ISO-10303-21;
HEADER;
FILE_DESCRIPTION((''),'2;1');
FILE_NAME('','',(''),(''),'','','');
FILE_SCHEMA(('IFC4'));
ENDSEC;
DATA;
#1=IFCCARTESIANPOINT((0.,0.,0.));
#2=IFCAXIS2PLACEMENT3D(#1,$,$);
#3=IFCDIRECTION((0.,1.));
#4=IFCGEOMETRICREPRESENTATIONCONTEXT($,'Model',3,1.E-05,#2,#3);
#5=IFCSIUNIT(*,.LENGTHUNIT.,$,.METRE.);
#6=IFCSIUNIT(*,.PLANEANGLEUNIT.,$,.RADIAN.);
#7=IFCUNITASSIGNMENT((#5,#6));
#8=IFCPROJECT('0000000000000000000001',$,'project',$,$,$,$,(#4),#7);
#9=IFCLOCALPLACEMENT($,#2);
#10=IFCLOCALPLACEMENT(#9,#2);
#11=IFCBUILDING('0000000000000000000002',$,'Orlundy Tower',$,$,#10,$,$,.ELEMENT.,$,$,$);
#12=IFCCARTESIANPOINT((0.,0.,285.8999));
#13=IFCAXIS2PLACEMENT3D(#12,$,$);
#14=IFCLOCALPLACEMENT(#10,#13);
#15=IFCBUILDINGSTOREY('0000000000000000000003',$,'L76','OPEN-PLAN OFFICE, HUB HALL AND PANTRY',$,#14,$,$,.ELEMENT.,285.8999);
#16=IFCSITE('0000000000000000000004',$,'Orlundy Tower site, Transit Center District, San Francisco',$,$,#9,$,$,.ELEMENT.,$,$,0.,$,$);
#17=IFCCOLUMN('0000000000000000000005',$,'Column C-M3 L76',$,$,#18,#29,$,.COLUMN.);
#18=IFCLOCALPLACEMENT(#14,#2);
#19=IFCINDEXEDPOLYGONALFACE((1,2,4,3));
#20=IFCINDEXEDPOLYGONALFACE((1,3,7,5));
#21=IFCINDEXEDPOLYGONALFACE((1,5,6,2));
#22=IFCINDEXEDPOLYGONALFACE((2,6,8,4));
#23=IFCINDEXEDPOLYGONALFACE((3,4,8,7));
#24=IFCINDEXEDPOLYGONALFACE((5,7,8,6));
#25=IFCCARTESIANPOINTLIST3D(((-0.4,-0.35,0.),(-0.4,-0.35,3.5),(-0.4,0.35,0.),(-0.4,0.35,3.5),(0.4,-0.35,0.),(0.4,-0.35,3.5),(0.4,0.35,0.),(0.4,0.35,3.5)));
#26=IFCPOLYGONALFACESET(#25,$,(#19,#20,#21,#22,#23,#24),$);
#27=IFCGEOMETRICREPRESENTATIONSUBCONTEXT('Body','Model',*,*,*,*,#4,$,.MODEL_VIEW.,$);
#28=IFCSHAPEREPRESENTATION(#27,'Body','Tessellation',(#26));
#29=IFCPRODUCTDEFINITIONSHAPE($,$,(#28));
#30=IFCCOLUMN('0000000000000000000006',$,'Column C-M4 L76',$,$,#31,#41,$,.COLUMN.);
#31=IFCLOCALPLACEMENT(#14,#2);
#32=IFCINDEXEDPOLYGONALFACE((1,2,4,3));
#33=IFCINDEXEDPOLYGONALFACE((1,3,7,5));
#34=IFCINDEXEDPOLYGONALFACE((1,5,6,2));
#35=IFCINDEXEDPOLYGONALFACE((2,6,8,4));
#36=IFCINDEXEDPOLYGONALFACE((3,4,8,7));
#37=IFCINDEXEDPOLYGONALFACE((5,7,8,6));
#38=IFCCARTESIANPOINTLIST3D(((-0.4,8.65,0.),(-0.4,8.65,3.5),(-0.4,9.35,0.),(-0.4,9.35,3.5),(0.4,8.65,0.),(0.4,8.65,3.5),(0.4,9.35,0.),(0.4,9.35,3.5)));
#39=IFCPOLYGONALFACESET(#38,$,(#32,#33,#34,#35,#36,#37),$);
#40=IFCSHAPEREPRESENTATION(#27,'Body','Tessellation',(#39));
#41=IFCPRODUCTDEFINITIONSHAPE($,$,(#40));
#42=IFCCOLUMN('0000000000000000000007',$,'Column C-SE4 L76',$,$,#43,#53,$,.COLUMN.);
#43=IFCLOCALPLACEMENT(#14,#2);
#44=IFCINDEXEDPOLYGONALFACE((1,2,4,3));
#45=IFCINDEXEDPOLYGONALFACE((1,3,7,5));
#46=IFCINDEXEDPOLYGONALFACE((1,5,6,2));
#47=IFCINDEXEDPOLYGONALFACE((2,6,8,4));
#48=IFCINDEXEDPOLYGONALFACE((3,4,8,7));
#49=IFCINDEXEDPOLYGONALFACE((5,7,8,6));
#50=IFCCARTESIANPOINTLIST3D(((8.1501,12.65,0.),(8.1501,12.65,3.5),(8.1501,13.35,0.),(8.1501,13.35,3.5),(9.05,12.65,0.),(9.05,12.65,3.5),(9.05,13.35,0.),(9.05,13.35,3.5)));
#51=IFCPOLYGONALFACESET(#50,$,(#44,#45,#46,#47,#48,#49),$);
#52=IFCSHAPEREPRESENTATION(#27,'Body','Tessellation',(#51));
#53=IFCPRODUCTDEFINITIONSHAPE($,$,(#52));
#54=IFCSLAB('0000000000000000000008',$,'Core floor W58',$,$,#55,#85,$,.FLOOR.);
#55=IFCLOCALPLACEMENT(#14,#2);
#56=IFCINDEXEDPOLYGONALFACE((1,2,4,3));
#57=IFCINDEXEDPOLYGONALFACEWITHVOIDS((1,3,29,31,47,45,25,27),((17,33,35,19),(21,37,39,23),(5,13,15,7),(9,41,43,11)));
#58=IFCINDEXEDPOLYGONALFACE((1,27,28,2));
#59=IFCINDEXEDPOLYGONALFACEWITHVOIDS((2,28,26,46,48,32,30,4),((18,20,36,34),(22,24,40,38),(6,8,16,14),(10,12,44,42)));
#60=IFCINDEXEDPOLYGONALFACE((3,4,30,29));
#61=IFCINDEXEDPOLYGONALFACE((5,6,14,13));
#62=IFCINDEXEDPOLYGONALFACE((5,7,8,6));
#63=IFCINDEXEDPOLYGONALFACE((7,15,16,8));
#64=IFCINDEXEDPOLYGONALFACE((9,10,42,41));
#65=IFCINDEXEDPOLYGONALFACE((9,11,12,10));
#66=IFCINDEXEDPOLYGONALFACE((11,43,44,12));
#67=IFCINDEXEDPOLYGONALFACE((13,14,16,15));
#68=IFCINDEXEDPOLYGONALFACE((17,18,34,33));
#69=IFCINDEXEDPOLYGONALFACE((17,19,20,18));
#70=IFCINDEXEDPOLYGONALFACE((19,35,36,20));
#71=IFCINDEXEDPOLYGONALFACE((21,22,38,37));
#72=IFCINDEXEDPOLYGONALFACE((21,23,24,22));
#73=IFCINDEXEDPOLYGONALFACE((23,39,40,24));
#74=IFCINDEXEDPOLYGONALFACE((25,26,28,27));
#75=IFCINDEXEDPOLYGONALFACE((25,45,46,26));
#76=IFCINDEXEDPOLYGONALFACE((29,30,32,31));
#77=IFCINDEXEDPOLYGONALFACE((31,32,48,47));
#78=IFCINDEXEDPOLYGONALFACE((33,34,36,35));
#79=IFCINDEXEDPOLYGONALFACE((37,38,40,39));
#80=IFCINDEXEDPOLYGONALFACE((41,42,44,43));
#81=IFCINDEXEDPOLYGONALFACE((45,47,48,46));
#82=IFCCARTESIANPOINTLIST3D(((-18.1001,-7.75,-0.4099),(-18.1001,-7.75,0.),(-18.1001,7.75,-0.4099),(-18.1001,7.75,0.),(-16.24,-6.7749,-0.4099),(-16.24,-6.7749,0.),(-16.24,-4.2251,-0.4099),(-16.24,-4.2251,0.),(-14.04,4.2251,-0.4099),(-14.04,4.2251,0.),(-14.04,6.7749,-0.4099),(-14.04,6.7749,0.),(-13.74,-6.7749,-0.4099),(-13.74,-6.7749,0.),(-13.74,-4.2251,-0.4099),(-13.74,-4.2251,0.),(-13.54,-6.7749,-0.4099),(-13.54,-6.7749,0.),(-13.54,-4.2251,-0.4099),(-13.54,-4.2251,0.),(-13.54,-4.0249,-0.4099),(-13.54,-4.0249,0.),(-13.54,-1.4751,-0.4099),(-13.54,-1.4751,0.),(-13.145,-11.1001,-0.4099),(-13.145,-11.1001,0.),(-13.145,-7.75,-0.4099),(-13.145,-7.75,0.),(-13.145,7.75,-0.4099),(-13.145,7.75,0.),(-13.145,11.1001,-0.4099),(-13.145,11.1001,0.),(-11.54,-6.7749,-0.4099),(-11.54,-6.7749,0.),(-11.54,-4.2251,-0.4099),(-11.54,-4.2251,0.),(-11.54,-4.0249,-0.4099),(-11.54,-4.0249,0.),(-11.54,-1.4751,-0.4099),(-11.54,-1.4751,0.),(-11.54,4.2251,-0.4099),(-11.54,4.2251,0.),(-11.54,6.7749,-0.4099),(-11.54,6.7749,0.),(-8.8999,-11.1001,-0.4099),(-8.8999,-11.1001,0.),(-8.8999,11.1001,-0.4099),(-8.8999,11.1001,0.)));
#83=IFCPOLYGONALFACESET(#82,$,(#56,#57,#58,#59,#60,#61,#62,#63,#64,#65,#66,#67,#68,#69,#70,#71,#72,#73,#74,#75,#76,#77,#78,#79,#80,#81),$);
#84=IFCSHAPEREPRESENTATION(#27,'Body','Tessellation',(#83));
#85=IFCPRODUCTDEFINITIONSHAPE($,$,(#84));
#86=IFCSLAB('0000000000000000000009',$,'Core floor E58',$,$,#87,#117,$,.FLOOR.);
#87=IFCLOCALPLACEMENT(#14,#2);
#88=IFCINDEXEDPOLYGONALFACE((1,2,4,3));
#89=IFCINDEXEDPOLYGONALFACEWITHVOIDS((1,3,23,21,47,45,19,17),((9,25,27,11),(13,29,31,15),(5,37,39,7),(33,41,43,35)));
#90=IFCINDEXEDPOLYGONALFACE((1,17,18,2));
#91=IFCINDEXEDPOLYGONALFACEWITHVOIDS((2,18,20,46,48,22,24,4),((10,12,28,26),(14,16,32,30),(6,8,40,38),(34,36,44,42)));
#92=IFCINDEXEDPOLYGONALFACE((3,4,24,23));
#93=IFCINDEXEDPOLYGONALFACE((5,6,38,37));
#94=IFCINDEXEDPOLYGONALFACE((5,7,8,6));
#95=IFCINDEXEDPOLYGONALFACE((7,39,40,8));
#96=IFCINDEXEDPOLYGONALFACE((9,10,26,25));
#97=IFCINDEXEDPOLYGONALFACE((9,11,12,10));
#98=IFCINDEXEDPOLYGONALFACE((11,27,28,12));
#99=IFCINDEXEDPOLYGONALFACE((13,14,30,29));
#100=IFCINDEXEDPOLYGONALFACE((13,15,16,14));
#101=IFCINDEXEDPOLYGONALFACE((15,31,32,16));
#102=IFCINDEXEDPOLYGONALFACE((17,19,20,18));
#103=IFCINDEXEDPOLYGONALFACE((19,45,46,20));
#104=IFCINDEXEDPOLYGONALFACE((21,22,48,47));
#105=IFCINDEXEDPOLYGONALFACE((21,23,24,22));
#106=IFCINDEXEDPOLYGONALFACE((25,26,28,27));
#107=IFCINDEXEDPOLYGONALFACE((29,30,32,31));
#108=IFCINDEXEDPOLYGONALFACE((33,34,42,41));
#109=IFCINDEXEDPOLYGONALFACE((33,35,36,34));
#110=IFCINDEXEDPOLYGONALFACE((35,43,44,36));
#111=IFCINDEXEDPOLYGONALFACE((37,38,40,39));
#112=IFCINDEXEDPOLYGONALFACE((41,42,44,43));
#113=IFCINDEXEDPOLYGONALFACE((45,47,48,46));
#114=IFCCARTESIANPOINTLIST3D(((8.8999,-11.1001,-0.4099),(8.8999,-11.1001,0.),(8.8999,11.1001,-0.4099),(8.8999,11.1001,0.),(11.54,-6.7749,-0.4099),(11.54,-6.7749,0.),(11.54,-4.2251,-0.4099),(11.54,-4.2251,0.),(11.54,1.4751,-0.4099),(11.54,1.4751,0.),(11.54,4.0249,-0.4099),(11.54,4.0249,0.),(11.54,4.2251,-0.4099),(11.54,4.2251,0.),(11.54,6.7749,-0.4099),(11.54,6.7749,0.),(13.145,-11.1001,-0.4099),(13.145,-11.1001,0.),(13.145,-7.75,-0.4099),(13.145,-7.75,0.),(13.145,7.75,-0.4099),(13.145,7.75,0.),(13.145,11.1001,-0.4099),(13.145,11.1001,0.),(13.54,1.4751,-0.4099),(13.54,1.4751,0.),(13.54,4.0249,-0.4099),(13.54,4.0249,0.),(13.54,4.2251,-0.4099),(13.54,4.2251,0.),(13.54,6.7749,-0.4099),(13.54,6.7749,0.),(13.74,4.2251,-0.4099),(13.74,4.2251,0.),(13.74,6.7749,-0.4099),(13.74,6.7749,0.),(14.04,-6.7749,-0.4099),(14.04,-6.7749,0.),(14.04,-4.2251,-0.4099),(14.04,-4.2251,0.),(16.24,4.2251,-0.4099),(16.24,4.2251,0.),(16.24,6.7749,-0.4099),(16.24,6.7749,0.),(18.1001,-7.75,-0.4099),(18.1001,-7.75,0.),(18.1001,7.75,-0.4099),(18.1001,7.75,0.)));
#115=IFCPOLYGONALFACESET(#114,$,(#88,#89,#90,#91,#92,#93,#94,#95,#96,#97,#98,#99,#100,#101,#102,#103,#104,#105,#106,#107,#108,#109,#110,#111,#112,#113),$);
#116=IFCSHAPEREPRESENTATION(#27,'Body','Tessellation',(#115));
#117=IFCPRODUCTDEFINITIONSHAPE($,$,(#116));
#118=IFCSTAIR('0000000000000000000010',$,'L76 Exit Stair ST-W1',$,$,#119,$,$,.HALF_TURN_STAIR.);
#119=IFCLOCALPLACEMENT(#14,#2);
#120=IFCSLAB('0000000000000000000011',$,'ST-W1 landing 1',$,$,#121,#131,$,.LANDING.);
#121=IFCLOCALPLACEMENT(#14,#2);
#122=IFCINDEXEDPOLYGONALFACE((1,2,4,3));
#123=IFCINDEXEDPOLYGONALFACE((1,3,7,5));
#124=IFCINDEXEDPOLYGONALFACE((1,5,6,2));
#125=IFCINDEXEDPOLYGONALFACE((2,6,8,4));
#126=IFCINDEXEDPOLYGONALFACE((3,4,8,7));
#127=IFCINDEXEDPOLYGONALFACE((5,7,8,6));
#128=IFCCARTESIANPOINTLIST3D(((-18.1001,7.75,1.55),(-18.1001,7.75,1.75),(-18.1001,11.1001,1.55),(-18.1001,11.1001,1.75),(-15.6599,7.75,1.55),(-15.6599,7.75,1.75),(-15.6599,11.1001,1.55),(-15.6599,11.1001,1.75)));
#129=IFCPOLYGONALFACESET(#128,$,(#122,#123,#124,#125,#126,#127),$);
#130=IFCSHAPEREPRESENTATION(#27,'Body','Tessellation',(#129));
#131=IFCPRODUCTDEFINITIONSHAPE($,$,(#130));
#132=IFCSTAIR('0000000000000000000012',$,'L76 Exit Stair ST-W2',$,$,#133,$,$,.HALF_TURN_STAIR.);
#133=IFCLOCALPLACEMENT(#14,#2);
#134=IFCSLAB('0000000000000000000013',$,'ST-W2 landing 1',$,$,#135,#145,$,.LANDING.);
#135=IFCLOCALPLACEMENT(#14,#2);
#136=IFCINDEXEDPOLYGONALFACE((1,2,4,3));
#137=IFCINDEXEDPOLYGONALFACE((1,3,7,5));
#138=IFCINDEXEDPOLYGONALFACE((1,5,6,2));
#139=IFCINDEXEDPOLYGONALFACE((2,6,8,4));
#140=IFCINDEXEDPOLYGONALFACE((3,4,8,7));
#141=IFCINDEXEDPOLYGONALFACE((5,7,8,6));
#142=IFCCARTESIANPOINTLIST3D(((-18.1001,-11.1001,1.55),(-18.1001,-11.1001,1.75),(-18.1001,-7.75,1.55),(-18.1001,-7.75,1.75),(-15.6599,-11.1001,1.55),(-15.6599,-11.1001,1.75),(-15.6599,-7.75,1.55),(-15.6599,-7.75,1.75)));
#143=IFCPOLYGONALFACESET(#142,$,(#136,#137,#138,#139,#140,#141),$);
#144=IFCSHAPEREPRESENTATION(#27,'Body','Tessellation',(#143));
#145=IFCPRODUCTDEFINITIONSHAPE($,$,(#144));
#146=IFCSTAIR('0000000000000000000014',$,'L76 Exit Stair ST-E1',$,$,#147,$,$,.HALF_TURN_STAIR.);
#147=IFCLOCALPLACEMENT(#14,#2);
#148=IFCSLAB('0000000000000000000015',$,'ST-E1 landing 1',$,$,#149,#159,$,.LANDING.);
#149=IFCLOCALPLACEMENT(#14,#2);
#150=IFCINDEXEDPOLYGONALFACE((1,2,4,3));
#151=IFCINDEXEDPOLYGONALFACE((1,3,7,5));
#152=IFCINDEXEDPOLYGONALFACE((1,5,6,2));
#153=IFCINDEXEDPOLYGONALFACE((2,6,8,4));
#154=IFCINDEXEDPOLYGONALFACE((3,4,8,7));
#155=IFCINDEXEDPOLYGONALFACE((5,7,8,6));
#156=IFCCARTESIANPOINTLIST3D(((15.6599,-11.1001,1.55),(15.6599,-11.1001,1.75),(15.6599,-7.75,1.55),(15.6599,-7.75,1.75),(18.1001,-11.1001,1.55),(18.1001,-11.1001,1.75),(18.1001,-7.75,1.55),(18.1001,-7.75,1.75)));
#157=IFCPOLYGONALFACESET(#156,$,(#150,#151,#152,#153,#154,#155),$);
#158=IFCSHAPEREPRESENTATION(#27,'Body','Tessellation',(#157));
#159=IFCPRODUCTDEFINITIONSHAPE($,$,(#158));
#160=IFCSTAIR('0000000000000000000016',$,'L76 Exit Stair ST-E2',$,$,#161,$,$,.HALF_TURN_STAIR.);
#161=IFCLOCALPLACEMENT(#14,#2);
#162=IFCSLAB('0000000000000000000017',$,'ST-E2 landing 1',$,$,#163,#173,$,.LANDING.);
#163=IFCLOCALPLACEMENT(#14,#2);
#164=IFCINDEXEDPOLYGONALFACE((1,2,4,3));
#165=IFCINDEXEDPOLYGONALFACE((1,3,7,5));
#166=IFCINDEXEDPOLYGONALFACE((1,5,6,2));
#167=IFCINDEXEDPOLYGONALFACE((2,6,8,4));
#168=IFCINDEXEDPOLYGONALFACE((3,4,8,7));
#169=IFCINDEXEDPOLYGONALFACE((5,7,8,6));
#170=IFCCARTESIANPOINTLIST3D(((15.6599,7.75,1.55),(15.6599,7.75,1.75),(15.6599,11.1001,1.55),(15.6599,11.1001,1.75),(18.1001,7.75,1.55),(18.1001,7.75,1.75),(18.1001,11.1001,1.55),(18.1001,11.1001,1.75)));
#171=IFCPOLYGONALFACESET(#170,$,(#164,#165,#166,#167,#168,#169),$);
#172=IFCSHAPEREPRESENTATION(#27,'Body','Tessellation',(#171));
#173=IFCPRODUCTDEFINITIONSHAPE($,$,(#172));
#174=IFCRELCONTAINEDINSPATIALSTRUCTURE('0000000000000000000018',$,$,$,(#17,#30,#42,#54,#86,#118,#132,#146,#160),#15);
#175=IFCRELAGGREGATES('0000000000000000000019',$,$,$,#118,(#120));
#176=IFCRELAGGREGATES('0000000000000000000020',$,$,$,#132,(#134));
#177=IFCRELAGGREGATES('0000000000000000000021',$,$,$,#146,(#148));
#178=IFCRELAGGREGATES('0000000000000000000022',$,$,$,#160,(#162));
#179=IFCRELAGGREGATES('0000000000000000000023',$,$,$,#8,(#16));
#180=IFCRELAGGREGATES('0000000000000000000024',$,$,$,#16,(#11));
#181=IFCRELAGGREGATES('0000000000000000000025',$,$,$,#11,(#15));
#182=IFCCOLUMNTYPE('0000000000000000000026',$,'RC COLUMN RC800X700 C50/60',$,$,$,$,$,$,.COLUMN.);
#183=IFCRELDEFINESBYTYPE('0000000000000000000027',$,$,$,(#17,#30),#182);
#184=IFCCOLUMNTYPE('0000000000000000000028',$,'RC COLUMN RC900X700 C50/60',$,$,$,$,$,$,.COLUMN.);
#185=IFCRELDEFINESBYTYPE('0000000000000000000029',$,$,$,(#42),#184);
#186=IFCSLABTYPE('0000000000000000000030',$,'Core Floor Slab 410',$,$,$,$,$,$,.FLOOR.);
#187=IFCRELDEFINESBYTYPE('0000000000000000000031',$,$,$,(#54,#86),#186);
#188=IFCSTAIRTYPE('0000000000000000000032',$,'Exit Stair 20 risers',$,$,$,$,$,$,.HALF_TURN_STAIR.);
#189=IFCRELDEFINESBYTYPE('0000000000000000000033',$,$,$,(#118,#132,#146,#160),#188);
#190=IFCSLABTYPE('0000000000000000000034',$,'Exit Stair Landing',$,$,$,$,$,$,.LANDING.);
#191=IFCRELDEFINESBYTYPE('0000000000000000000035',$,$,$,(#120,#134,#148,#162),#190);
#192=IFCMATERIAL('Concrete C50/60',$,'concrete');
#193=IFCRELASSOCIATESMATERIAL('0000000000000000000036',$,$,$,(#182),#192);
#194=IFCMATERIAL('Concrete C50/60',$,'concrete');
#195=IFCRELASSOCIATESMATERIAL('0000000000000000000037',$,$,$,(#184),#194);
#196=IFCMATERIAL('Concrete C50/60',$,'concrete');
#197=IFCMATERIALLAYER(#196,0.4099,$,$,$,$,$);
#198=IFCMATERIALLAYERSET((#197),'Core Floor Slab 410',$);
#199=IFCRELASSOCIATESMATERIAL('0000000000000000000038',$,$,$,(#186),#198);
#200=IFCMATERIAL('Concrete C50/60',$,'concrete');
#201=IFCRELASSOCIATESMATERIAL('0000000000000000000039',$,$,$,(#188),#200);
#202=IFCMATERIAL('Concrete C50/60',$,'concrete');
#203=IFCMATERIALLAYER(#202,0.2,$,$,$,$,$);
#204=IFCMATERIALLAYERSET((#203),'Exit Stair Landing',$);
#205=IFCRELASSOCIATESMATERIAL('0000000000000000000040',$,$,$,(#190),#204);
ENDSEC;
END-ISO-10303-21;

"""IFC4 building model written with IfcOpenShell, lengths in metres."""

from ifc_helpers import new_model, si_unit, direction, frame, origin, origin_2d, place, context, subcontext, project, spatial, polyline, rectangle, outline, extrude, material, layer, layer_set, material_profile, profile_set, type_object, element, aggregate, save


model = new_model("IFC4")

# Units and contexts
model_context = context("Model", 3, precision=1e-05, world=origin(), true_north=direction((0.0, 1.0)))
body_context = subcontext(model_context, "Body", "Model", "MODEL_VIEW")
ifc_project = project(units=[si_unit("LENGTHUNIT", "METRE"), si_unit("PLANEANGLEUNIT", "RADIAN")], contexts=[model_context])

# Site, building, storey
site_placement = place(None, origin())
site = spatial("IfcSite", under=ifc_project, at=site_placement, Name="Orlundy Tower site, Transit Center District, San Francisco", CompositionType="ELEMENT", RefElevation=0.0)
building_placement = place(site_placement, origin())
building = spatial("IfcBuilding", under=site, at=building_placement, Name="Orlundy Tower", CompositionType="ELEMENT")
storey_placement = place(building_placement, frame((0.0, 0.0, 285.8999)))
storey = spatial("IfcBuildingStorey", under=building, at=storey_placement, Name="L76", Description="OPEN-PLAN OFFICE, HUB HALL AND PANTRY", CompositionType="ELEMENT", Elevation=285.8999)

# Columns
ifc_material_1 = material(Name="Concrete C50/60", Category="concrete")
ifc_material_profile_1 = material_profile(ifc_material_1, rectangle(XDim=0.8, YDim=0.7, at=origin_2d()), Name="RC800X700")
ifc_profile_set_1 = profile_set([ifc_material_profile_1], Name="Concrete C50/60")
column_type_1 = type_object("IfcColumnType", Name="RC COLUMN RC800X700 C50/60", PredefinedType="COLUMN", material=ifc_profile_set_1)
for number, where, z_axis, x_axis, name in (
    (1, (0.0, 0.0, 0.0), (0.0, 0.0, 1.0), (1.0, 0.0, 0.0), "Column C-M3 L76"),
    (2, (0.0, 9.0, 0.0), (0.0, 0.0, 1.0), (1.0, 0.0, 0.0), "Column C-M4 L76"),
):
    element("IfcColumn", number, at=place(storey_placement, frame(where, z_axis=z_axis, x_axis=x_axis)), inside=storey, type_object=column_type_1, Name=name, PredefinedType="COLUMN", context=body_context, shape_type="SweptSolid", body=[
        extrude(rectangle(XDim=0.8, YDim=0.7, at=origin_2d()), origin(), (0.0, 0.0, 1.0), 3.5),
    ])
ifc_material_2 = material(Name="Concrete C50/60", Category="concrete")
ifc_material_profile_2 = material_profile(ifc_material_2, rectangle(XDim=0.8999, YDim=0.7, at=origin_2d()), Name="RC900X700")
ifc_profile_set_2 = profile_set([ifc_material_profile_2], Name="Concrete C50/60")
column_type_2 = type_object("IfcColumnType", Name="RC COLUMN RC900X700 C50/60", PredefinedType="COLUMN", material=ifc_profile_set_2)
column_placement = place(storey_placement, frame((8.6001, 13.0, 0.0), z_axis=(0.0, 0.0, 1.0), x_axis=(1.0, 0.0, 0.0)))
element("IfcColumn", 3, at=column_placement, inside=storey, type_object=column_type_2, Name="Column C-SE4 L76", PredefinedType="COLUMN", context=body_context, shape_type="SweptSolid", body=[
    extrude(rectangle(XDim=0.8999, YDim=0.7, at=origin_2d()), origin(), (0.0, 0.0, 1.0), 3.5),
])

# Slabs
ifc_material_3 = material(Name="Concrete C50/60", Category="concrete")
ifc_layer_1 = layer(ifc_material_3, 0.4099)
ifc_layer_set_1 = layer_set([ifc_layer_1], Name="Core Floor Slab 410")
slab_type_1 = type_object("IfcSlabType", Name="Core Floor Slab 410", PredefinedType="FLOOR", material=ifc_layer_set_1)
slab_1_placement = place(storey_placement, frame((0.0, 0.0, -0.4099)))
element("IfcSlab", 4, at=slab_1_placement, inside=storey, type_object=slab_type_1, Name="Core floor W58", PredefinedType="FLOOR", context=body_context, shape_type="SweptSolid", body=[
    extrude(outline(polyline([(-18.1001, 7.75), (-13.145, 7.75), (-13.145, 11.1001), (-8.8999, 11.1001), (-8.8999, -11.1001), (-13.145, -11.1001), (-13.145, -7.75), (-18.1001, -7.75), (-18.1001, 7.75)]), holes=[polyline([(-13.54, -4.2251), (-13.54, -6.7749), (-11.54, -6.7749), (-11.54, -4.2251), (-13.54, -4.2251)]), polyline([(-13.74, -4.2251), (-16.24, -4.2251), (-16.24, -6.7749), (-13.74, -6.7749), (-13.74, -4.2251)]), polyline([(-11.54, -4.0249), (-11.54, -1.4751), (-13.54, -1.4751), (-13.54, -4.0249), (-11.54, -4.0249)]), polyline([(-14.04, 4.2251), (-11.54, 4.2251), (-11.54, 6.7749), (-14.04, 6.7749), (-14.04, 4.2251)])]), origin(), (0.0, 0.0, 1.0), 0.4099),
])
slab_2_placement = place(storey_placement, frame((0.0, 0.0, -0.4099)))
element("IfcSlab", 5, at=slab_2_placement, inside=storey, type_object=slab_type_1, Name="Core floor E58", PredefinedType="FLOOR", context=body_context, shape_type="SweptSolid", body=[
    extrude(outline(polyline([(18.1001, -7.75), (13.145, -7.75), (13.145, -11.1001), (8.8999, -11.1001), (8.8999, 11.1001), (13.145, 11.1001), (13.145, 7.75), (18.1001, 7.75), (18.1001, -7.75)]), holes=[polyline([(13.54, 4.2251), (13.54, 6.7749), (11.54, 6.7749), (11.54, 4.2251), (13.54, 4.2251)]), polyline([(13.74, 4.2251), (16.24, 4.2251), (16.24, 6.7749), (13.74, 6.7749), (13.74, 4.2251)]), polyline([(11.54, 4.0249), (11.54, 1.4751), (13.54, 1.4751), (13.54, 4.0249), (11.54, 4.0249)]), polyline([(14.04, -4.2251), (11.54, -4.2251), (11.54, -6.7749), (14.04, -6.7749), (14.04, -4.2251)])]), origin(), (0.0, 0.0, 1.0), 0.4099),
])

# Stairs, slabs
ifc_material_4 = material(Name="Concrete C50/60", Category="concrete")
stair_type = type_object("IfcStairType", Name="Exit Stair 20 risers", PredefinedType="HALF_TURN_STAIR", material=ifc_material_4)
stair_1_placement = place(storey_placement, origin())
stair_1 = element("IfcStair", 6, at=stair_1_placement, inside=storey, type_object=stair_type, Name="L76 Exit Stair ST-W1", PredefinedType="HALF_TURN_STAIR")
ifc_material_5 = material(Name="Concrete C50/60", Category="concrete")
ifc_layer_2 = layer(ifc_material_5, 0.2)
ifc_layer_set_2 = layer_set([ifc_layer_2], Name="Exit Stair Landing")
slab_type_2 = type_object("IfcSlabType", Name="Exit Stair Landing", PredefinedType="LANDING", material=ifc_layer_set_2)
slab_3_placement = place(storey_placement, frame((0.0, 0.0, 1.55)))
slab_3 = element("IfcSlab", 7, at=slab_3_placement, type_object=slab_type_2, Name="ST-W1 landing 1", PredefinedType="LANDING", context=body_context, shape_type="SweptSolid", body=[
    extrude(outline(polyline([(-15.6599, 11.1001), (-18.1001, 11.1001), (-18.1001, 7.75), (-15.6599, 7.75), (-15.6599, 11.1001)])), origin(), (0.0, 0.0, 1.0), 0.2),
])
aggregate(stair_1, [slab_3])
stair_2_placement = place(storey_placement, origin())
stair_2 = element("IfcStair", 8, at=stair_2_placement, inside=storey, type_object=stair_type, Name="L76 Exit Stair ST-W2", PredefinedType="HALF_TURN_STAIR")
slab_4_placement = place(storey_placement, frame((0.0, 0.0, 1.55)))
slab_4 = element("IfcSlab", 9, at=slab_4_placement, type_object=slab_type_2, Name="ST-W2 landing 1", PredefinedType="LANDING", context=body_context, shape_type="SweptSolid", body=[
    extrude(outline(polyline([(-15.6599, -7.75), (-18.1001, -7.75), (-18.1001, -11.1001), (-15.6599, -11.1001), (-15.6599, -7.75)])), origin(), (0.0, 0.0, 1.0), 0.2),
])
aggregate(stair_2, [slab_4])
stair_3_placement = place(storey_placement, origin())
stair_3 = element("IfcStair", 10, at=stair_3_placement, inside=storey, type_object=stair_type, Name="L76 Exit Stair ST-E1", PredefinedType="HALF_TURN_STAIR")
slab_5_placement = place(storey_placement, frame((0.0, 0.0, 1.55)))
slab_5 = element("IfcSlab", 11, at=slab_5_placement, type_object=slab_type_2, Name="ST-E1 landing 1", PredefinedType="LANDING", context=body_context, shape_type="SweptSolid", body=[
    extrude(outline(polyline([(15.6599, -11.1001), (18.1001, -11.1001), (18.1001, -7.75), (15.6599, -7.75), (15.6599, -11.1001)])), origin(), (0.0, 0.0, 1.0), 0.2),
])
aggregate(stair_3, [slab_5])
stair_4_placement = place(storey_placement, origin())
stair_4 = element("IfcStair", 12, at=stair_4_placement, inside=storey, type_object=stair_type, Name="L76 Exit Stair ST-E2", PredefinedType="HALF_TURN_STAIR")
slab_6_placement = place(storey_placement, frame((0.0, 0.0, 1.55)))
slab_6 = element("IfcSlab", 13, at=slab_6_placement, type_object=slab_type_2, Name="ST-E2 landing 1", PredefinedType="LANDING", context=body_context, shape_type="SweptSolid", body=[
    extrude(outline(polyline([(15.6599, 7.75), (18.1001, 7.75), (18.1001, 11.1001), (15.6599, 11.1001), (15.6599, 7.75)])), origin(), (0.0, 0.0, 1.0), 0.2),
])
aggregate(stair_4, [slab_6])

save(model, "model.ifc")
